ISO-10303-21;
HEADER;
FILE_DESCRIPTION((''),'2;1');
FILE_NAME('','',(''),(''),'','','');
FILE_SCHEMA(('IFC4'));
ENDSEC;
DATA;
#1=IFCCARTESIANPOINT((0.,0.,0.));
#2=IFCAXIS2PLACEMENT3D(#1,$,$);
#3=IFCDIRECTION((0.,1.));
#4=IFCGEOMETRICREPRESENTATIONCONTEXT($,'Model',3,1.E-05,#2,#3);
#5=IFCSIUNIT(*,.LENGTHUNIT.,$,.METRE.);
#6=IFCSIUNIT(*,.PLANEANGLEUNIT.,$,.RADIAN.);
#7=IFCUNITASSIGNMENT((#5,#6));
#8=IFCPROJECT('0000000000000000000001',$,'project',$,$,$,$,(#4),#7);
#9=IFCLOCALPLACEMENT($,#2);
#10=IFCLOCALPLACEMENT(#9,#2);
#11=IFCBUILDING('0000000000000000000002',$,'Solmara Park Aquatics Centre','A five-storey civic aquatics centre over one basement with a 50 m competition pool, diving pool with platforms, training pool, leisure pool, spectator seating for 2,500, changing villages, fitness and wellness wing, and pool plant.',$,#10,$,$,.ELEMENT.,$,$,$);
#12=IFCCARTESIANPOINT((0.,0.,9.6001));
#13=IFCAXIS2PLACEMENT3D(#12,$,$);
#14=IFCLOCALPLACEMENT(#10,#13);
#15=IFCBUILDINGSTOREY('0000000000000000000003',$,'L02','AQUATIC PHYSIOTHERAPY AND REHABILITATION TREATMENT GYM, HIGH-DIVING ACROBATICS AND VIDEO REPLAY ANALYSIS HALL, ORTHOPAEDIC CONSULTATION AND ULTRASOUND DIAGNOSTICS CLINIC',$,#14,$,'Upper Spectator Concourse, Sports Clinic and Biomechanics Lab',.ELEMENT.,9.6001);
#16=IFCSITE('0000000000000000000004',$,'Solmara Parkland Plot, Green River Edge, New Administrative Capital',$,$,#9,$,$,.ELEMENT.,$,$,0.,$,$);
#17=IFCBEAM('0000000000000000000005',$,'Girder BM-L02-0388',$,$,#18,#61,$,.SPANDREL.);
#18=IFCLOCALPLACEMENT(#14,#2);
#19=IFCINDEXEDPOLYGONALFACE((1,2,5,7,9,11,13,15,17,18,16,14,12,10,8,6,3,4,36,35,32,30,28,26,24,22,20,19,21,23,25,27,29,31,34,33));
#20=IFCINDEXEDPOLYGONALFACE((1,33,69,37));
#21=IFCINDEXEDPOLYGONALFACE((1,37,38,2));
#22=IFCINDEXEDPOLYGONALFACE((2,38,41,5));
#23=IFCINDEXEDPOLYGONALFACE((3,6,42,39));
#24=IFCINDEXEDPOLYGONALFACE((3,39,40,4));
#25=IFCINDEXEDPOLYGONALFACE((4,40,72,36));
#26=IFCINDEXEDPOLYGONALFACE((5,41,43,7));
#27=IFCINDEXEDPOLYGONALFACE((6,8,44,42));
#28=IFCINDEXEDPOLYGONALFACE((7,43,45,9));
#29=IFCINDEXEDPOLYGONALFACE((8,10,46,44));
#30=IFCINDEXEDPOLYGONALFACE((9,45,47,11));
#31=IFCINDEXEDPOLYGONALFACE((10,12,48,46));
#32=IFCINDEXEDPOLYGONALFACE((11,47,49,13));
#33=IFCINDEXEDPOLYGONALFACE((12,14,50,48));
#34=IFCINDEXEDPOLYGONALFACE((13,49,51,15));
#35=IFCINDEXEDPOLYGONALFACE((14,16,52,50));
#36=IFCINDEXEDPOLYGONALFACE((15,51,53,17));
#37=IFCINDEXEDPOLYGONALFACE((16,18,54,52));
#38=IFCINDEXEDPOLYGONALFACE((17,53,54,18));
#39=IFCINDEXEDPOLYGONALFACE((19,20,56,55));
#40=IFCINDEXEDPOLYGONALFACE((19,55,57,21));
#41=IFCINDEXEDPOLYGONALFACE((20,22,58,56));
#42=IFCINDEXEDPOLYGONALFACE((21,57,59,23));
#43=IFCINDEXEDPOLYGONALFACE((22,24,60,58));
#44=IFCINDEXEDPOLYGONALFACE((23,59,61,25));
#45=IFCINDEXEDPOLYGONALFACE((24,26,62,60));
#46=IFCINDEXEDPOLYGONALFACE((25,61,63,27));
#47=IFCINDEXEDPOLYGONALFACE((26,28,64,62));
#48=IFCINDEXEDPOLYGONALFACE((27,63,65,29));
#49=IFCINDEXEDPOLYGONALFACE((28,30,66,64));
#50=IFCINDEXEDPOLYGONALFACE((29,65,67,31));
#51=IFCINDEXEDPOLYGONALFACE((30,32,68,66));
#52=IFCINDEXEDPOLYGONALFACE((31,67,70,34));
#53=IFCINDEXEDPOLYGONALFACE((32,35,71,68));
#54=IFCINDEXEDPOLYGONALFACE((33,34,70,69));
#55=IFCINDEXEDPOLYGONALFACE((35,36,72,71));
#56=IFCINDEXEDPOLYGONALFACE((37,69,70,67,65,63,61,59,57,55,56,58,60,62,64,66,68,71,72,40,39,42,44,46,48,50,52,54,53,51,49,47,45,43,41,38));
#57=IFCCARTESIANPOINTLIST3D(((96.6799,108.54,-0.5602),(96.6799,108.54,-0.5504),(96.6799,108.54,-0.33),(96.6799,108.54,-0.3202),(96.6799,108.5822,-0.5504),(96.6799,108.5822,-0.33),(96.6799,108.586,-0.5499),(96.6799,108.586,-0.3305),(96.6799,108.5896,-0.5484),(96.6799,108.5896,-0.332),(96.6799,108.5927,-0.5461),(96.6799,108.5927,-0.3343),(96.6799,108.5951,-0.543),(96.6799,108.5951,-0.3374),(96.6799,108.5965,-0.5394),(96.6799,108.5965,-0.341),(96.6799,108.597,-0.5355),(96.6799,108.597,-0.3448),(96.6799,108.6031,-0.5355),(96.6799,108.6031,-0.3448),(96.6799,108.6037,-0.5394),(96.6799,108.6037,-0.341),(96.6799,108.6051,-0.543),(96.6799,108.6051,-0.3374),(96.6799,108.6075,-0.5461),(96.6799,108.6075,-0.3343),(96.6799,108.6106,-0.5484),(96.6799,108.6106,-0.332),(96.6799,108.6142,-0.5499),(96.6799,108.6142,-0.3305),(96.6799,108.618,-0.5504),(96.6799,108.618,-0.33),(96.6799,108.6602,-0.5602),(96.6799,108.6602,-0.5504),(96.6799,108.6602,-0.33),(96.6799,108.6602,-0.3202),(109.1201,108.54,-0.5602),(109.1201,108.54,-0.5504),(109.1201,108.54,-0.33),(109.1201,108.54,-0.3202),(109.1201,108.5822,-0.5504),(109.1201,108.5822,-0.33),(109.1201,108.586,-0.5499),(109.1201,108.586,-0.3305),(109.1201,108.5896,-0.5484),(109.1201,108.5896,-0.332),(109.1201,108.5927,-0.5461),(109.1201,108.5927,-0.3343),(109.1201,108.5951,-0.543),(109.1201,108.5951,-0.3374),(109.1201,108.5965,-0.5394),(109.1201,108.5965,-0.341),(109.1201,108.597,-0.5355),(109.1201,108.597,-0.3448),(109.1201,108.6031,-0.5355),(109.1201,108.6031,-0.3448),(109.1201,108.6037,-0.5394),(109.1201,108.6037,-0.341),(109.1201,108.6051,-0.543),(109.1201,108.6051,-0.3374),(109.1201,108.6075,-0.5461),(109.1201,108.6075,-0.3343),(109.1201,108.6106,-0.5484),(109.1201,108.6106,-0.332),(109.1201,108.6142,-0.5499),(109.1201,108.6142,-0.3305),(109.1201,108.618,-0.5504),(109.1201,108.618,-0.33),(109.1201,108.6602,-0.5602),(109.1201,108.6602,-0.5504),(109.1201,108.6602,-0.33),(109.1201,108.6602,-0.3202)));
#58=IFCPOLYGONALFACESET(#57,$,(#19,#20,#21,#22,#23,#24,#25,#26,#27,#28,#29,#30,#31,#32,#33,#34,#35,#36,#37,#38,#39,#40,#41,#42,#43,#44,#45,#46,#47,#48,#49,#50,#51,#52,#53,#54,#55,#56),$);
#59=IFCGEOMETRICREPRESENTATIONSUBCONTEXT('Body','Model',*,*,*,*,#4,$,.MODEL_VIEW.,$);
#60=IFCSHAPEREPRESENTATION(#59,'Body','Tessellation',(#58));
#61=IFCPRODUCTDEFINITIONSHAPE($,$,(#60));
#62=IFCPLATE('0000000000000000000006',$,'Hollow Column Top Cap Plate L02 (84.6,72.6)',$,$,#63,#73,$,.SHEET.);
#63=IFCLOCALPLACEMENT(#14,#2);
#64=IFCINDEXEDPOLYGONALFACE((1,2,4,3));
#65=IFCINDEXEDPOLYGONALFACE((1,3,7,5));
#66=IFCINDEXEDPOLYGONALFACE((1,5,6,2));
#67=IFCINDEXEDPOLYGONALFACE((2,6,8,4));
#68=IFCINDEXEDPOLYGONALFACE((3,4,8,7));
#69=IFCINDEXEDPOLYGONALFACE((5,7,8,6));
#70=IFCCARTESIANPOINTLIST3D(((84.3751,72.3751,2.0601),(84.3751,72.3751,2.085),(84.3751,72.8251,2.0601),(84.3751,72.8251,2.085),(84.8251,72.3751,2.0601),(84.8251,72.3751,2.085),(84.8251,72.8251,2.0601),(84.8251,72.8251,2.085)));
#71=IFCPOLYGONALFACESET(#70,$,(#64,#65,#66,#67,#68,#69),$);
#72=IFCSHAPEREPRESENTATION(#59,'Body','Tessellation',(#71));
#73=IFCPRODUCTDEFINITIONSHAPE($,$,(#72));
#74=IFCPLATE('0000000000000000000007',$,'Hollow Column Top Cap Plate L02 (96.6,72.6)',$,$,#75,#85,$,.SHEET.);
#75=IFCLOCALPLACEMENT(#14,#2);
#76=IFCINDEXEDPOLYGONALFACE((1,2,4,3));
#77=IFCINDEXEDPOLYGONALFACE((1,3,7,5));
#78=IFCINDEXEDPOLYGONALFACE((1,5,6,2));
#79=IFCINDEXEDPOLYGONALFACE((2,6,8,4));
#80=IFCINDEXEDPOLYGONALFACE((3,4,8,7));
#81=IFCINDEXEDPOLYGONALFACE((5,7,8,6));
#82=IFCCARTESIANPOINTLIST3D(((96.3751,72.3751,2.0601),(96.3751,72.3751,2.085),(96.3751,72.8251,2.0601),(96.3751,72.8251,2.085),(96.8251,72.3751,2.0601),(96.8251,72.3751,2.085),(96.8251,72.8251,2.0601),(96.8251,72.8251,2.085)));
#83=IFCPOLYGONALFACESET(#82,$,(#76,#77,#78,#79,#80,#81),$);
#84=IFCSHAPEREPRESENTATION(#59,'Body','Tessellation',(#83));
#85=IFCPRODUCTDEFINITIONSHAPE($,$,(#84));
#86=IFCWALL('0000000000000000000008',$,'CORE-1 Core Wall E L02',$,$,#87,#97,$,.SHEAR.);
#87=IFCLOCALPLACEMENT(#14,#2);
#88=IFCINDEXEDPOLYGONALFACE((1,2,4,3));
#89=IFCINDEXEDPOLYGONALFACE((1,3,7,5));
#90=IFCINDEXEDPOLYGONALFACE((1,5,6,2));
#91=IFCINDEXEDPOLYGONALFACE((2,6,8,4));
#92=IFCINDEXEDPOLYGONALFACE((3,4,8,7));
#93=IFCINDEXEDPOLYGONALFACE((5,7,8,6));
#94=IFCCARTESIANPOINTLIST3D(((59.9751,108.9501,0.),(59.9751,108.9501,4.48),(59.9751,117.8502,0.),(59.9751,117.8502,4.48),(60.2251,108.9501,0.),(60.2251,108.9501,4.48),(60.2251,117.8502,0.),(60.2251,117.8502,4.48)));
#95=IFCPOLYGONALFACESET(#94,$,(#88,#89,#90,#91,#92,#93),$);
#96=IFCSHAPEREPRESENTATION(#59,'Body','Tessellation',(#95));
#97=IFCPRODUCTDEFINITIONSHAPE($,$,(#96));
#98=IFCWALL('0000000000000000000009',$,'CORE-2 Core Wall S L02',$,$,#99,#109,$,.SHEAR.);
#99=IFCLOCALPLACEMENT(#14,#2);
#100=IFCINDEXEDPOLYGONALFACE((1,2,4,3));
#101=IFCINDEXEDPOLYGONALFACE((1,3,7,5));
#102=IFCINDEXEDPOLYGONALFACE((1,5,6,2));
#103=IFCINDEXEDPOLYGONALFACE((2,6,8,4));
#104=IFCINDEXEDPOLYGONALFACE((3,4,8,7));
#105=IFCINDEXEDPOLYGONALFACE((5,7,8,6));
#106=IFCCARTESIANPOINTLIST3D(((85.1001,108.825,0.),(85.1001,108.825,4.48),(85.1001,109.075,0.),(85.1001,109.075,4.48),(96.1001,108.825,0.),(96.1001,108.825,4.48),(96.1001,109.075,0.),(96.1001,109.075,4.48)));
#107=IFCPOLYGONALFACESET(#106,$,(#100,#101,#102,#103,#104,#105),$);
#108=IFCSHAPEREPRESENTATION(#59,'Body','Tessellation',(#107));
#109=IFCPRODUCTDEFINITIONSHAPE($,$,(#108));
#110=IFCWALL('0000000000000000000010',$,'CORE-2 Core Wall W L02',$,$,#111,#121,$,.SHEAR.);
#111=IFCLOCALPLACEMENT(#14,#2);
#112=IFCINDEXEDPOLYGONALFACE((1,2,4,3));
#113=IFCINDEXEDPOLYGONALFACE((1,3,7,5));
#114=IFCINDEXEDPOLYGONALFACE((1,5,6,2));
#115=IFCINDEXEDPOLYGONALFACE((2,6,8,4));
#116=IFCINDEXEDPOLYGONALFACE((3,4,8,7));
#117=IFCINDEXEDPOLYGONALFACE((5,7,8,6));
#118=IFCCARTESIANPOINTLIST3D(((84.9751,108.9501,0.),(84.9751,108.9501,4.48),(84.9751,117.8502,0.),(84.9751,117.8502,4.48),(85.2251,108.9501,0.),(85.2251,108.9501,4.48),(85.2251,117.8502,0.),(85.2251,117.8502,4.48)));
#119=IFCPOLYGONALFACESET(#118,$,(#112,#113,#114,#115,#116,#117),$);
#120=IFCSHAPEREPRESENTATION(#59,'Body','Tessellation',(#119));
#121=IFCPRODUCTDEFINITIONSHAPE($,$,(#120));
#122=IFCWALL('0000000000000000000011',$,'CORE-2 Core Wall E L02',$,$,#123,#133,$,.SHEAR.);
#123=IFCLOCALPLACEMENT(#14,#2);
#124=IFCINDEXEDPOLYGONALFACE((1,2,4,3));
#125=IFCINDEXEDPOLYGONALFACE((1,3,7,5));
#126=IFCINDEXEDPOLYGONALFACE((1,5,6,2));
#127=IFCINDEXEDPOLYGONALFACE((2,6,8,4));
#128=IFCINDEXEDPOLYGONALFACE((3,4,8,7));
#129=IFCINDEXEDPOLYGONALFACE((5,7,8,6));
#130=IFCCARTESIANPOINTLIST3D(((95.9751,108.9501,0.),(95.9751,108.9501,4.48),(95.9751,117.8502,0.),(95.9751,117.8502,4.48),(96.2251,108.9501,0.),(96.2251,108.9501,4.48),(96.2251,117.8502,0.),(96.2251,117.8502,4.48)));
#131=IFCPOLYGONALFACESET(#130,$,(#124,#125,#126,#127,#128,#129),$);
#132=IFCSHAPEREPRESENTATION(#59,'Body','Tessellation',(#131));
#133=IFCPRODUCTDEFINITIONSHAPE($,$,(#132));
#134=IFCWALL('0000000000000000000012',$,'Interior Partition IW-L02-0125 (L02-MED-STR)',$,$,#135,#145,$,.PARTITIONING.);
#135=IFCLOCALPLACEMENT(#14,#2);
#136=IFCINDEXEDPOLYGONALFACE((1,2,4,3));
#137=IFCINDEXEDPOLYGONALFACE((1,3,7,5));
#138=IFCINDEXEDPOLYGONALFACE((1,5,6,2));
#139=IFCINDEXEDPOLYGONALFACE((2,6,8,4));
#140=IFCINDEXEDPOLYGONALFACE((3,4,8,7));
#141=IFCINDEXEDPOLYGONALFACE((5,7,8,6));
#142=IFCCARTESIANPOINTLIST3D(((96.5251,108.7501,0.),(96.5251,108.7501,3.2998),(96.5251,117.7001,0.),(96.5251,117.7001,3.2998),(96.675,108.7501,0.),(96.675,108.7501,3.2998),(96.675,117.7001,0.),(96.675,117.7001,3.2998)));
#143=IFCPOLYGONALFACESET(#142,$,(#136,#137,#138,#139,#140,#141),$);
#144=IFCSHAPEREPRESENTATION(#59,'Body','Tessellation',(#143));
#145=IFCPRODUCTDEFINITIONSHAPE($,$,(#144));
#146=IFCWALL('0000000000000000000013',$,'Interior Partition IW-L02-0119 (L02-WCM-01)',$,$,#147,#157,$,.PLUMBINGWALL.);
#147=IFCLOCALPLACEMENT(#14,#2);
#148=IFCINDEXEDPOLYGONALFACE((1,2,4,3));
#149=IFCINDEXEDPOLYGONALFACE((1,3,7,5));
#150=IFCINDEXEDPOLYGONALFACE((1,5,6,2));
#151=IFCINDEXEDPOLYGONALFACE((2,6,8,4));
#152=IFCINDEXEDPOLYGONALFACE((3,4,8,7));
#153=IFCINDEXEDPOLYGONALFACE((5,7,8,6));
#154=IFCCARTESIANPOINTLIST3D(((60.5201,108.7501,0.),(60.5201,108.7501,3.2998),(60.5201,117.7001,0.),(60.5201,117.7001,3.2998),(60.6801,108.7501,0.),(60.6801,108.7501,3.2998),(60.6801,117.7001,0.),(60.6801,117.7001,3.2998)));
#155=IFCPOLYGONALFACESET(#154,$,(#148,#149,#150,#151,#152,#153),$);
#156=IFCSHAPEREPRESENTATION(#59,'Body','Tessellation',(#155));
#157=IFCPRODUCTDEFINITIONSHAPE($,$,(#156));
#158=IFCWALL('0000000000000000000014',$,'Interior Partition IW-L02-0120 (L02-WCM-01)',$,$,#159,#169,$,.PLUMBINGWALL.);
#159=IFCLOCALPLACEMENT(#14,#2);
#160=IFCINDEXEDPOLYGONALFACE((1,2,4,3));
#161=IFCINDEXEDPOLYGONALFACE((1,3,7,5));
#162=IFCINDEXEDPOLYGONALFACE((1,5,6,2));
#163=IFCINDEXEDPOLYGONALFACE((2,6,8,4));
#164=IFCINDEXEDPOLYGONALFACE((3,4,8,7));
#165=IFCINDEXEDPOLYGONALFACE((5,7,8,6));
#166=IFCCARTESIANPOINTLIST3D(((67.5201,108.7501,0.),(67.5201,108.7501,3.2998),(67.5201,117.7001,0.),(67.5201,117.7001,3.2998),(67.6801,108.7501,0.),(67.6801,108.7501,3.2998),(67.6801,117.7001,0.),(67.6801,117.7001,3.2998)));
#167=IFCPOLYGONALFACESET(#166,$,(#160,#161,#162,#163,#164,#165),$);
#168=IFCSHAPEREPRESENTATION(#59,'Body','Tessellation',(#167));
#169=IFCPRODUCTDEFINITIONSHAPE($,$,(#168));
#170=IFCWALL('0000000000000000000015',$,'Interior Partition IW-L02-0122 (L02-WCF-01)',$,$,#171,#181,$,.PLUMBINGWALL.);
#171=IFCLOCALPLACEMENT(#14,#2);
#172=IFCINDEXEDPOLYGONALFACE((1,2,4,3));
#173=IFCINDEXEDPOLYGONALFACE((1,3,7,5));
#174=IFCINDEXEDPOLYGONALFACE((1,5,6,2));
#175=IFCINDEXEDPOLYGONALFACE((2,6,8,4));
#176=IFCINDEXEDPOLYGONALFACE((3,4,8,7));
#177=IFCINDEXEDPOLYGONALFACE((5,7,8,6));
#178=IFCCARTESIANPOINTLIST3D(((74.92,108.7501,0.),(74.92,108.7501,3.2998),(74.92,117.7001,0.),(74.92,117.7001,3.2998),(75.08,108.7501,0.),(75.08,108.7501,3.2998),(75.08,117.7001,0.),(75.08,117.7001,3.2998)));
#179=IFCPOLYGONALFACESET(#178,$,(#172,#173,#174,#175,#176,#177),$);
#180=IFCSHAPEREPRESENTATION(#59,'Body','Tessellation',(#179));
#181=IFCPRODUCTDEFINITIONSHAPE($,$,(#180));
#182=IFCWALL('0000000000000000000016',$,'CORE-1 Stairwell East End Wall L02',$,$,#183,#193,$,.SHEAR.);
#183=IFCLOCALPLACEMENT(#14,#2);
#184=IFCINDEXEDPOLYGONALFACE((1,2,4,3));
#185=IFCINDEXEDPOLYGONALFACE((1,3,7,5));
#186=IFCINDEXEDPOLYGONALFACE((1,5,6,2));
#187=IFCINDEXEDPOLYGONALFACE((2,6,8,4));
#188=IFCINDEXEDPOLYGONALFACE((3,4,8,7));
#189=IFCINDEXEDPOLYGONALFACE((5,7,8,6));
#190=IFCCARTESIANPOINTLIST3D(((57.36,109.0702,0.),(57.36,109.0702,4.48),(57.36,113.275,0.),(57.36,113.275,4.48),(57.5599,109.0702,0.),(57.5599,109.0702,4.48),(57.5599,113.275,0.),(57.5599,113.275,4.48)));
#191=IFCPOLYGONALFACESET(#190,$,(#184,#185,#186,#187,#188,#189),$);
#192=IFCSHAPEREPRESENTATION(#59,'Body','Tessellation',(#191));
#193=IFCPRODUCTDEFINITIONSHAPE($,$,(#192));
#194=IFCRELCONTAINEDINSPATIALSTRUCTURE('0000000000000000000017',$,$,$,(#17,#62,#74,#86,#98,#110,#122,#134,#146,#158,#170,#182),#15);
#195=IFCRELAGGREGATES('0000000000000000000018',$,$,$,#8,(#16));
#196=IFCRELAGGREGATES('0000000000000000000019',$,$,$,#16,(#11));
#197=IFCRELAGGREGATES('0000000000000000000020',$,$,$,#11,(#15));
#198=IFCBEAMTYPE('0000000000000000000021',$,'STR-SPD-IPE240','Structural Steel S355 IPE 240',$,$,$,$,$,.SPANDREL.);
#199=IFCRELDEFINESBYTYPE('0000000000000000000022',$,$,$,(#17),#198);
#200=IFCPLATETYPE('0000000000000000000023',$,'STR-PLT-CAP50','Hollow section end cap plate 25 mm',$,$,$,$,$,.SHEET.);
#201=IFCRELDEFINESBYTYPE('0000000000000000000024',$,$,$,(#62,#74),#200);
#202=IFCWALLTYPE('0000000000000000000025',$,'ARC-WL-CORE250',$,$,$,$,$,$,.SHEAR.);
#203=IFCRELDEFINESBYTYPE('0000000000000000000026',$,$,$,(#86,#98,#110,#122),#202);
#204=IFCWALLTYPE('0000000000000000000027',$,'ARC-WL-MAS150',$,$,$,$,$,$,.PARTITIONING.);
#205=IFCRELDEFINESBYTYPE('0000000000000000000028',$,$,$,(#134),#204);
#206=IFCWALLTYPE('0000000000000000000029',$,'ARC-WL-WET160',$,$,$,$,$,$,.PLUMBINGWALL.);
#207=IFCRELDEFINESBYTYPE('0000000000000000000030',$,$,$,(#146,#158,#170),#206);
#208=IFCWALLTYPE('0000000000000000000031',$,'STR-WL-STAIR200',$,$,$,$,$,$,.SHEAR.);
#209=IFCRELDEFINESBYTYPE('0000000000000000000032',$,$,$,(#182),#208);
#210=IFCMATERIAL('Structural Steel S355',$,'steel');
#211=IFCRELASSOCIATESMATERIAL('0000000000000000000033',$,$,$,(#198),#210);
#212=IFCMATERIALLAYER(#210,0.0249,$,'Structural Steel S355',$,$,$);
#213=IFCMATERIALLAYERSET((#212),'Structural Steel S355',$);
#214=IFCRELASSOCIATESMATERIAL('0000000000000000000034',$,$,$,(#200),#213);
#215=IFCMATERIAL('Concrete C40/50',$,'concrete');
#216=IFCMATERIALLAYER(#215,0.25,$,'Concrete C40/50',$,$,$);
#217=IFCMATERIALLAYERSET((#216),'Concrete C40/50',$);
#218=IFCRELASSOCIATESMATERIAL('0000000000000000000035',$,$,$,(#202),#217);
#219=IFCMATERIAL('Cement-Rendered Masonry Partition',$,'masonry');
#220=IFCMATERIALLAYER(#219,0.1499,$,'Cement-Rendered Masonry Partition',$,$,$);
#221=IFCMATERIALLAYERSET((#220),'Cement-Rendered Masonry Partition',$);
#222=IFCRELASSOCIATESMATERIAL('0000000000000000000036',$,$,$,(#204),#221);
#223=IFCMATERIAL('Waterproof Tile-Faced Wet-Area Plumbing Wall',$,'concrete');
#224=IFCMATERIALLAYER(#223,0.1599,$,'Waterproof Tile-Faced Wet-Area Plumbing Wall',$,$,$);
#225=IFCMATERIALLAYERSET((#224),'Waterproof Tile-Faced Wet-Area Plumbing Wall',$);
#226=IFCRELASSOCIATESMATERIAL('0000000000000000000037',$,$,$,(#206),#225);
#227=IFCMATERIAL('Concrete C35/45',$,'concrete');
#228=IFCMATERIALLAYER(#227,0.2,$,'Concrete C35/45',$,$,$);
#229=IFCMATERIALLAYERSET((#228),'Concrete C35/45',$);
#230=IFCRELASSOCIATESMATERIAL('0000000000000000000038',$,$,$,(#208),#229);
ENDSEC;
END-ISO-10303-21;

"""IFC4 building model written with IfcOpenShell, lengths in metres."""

from ifc_helpers import new_model, si_unit, direction, frame, frame_2d, origin, origin_2d, place, context, subcontext, project, spatial, rectangle, i_section, extrude, material, layer, layer_set, material_profile, profile_set, type_object, element, save


model = new_model("IFC4")

# Units and contexts
model_context = context("Model", 3, precision=1e-05, world=origin(), true_north=direction((0.0, 1.0)))
body_context = subcontext(model_context, "Body", "Model", "MODEL_VIEW")
ifc_project = project(units=[si_unit("LENGTHUNIT", "METRE"), si_unit("PLANEANGLEUNIT", "RADIAN")], contexts=[model_context])

# Site, building, storey
site_placement = place(None, origin())
site = spatial("IfcSite", under=ifc_project, at=site_placement, Name="Solmara Parkland Plot, Green River Edge, New Administrative Capital", CompositionType="ELEMENT", RefElevation=0.0)
building_placement = place(site_placement, origin())
building = spatial("IfcBuilding", under=site, at=building_placement, Name="Solmara Park Aquatics Centre", Description="A five-storey civic aquatics centre over one basement with a 50 m competition pool, diving pool with platforms, training pool, leisure pool, spectator seating for 2,500, changing villages, fitness and wellness wing, and pool plant.", CompositionType="ELEMENT")
storey_placement = place(building_placement, frame((0.0, 0.0, 9.6001)))
storey = spatial("IfcBuildingStorey", under=building, at=storey_placement, Name="L02", Description="AQUATIC PHYSIOTHERAPY AND REHABILITATION TREATMENT GYM, HIGH-DIVING ACROBATICS AND VIDEO REPLAY ANALYSIS HALL, ORTHOPAEDIC CONSULTATION AND ULTRASOUND DIAGNOSTICS CLINIC", LongName="Upper Spectator Concourse, Sports Clinic and Biomechanics Lab", CompositionType="ELEMENT", Elevation=9.6001)

# Shared definitions
ifc_material_1 = material(Name="Structural Steel S355", Category="steel")
ifc_material_2 = material(Name="Concrete C40/50", Category="concrete")

# Beam
ifc_material_profile_1 = material_profile(ifc_material_1, i_section(OverallWidth=0.1201, OverallDepth=0.24, WebThickness=0.0061, FlangeThickness=0.0098, FilletRadius=0.0149, at=origin_2d()), Name="IPE 240")
ifc_profile_set_1 = profile_set([ifc_material_profile_1], Name="Structural Steel S355")
beam_type_1 = type_object("IfcBeamType", Name="STR-SPD-IPE240", Description="Structural Steel S355 IPE 240", PredefinedType="SPANDREL", material=ifc_profile_set_1)
beam_1_placement = place(storey_placement, frame((96.6799, 108.6001, -0.4402), z_axis=(1.0, 0.0, 0.0), x_axis=(0.0, 1.0, 0.0)))
element("IfcBeam", 1, at=beam_1_placement, inside=storey, type_object=beam_type_1, Name="Girder BM-L02-0388", PredefinedType="SPANDREL", context=body_context, shape_type="SweptSolid", body=[
    extrude(i_section(OverallWidth=0.1201, OverallDepth=0.24, WebThickness=0.0061, FlangeThickness=0.0098, FilletRadius=0.0149, at=origin_2d()), origin(), (0.0, 0.0, 1.0), 12.4402),
])

# Plates
ifc_layer_1 = layer(ifc_material_1, 0.0249, Name="Structural Steel S355")
ifc_layer_set_1 = layer_set([ifc_layer_1], Name="Structural Steel S355")
plate_type = type_object("IfcPlateType", Name="STR-PLT-CAP50", Description="Hollow section end cap plate 25 mm", PredefinedType="SHEET", material=ifc_layer_set_1)
for number, where, z_axis, x_axis, name in (
    (2, (84.6001, 72.6001, 2.0601), (0.0, 0.0, 1.0), (1.0, 0.0, 0.0), "Hollow Column Top Cap Plate L02 (84.6,72.6)"),
    (3, (96.6001, 72.6001, 2.0601), (0.0, 0.0, 1.0), (1.0, 0.0, 0.0), "Hollow Column Top Cap Plate L02 (96.6,72.6)"),
):
    element("IfcPlate", number, at=place(storey_placement, frame(where, z_axis=z_axis, x_axis=x_axis)), inside=storey, type_object=plate_type, Name=name, PredefinedType="SHEET", context=body_context, shape_type="SweptSolid", body=[
        extrude(rectangle(XDim=0.45, YDim=0.45, at=origin_2d()), origin(), (0.0, 0.0, 1.0), 0.0249),
    ])

# Walls
ifc_layer_2 = layer(ifc_material_2, 0.25, Name="Concrete C40/50")
ifc_layer_set_2 = layer_set([ifc_layer_2], Name="Concrete C40/50")
wall_type_1 = type_object("IfcWallType", Name="ARC-WL-CORE250", PredefinedType="SHEAR", material=ifc_layer_set_2)
wall_1_placement = place(storey_placement, frame((60.1001, 108.95, 0.0), z_axis=(0.0, 0.0, 1.0), x_axis=(0.0, 1.0, 0.0)))
element("IfcWall", 4, at=wall_1_placement, inside=storey, type_object=wall_type_1, Name="CORE-1 Core Wall E L02", PredefinedType="SHEAR", context=body_context, shape_type="SweptSolid", body=[
    extrude(rectangle(XDim=8.9001, YDim=0.25, at=frame_2d((4.4502, 0.0))), origin(), (0.0, 0.0, 1.0), 4.48),
])
wall_2_placement = place(storey_placement, frame((85.1001, 108.95, 0.0), z_axis=(0.0, 0.0, 1.0), x_axis=(1.0, 0.0, 0.0)))
element("IfcWall", 5, at=wall_2_placement, inside=storey, type_object=wall_type_1, Name="CORE-2 Core Wall S L02", PredefinedType="SHEAR", context=body_context, shape_type="SweptSolid", body=[
    extrude(rectangle(XDim=11.0, YDim=0.25, at=frame_2d((5.5, 0.0))), origin(), (0.0, 0.0, 1.0), 4.48),
])
for number, where, z_axis, x_axis, name in (
    (6, (85.1001, 108.95, 0.0), (0.0, 0.0, 1.0), (0.0, 1.0, 0.0), "CORE-2 Core Wall W L02"),
    (7, (96.1001, 108.95, 0.0), (0.0, 0.0, 1.0), (0.0, 1.0, 0.0), "CORE-2 Core Wall E L02"),
):
    element("IfcWall", number, at=place(storey_placement, frame(where, z_axis=z_axis, x_axis=x_axis)), inside=storey, type_object=wall_type_1, Name=name, PredefinedType="SHEAR", context=body_context, shape_type="SweptSolid", body=[
        extrude(rectangle(XDim=8.9001, YDim=0.25, at=frame_2d((4.4502, 0.0))), origin(), (0.0, 0.0, 1.0), 4.48),
    ])
ifc_material_3 = material(Name="Cement-Rendered Masonry Partition", Category="masonry")
ifc_layer_3 = layer(ifc_material_3, 0.1499, Name="Cement-Rendered Masonry Partition")
ifc_layer_set_3 = layer_set([ifc_layer_3], Name="Cement-Rendered Masonry Partition")
wall_type_2 = type_object("IfcWallType", Name="ARC-WL-MAS150", PredefinedType="PARTITIONING", material=ifc_layer_set_3)
wall_3_placement = place(storey_placement, frame((96.6001, 108.75, 0.0), z_axis=(0.0, 0.0, 1.0), x_axis=(0.0, 1.0, 0.0)))
element("IfcWall", 8, at=wall_3_placement, inside=storey, type_object=wall_type_2, Name="Interior Partition IW-L02-0125 (L02-MED-STR)", PredefinedType="PARTITIONING", context=body_context, shape_type="SweptSolid", body=[
    extrude(rectangle(XDim=8.95, YDim=0.1499, at=frame_2d((4.4751, 0.0))), origin(), (0.0, 0.0, 1.0), 3.2998),
])
ifc_material_4 = material(Name="Waterproof Tile-Faced Wet-Area Plumbing Wall", Category="concrete")
ifc_layer_4 = layer(ifc_material_4, 0.1599, Name="Waterproof Tile-Faced Wet-Area Plumbing Wall")
ifc_layer_set_4 = layer_set([ifc_layer_4], Name="Waterproof Tile-Faced Wet-Area Plumbing Wall")
wall_type_3 = type_object("IfcWallType", Name="ARC-WL-WET160", PredefinedType="PLUMBINGWALL", material=ifc_layer_set_4)
for number, where, z_axis, x_axis, name in (
    (9, (60.6001, 108.75, 0.0), (0.0, 0.0, 1.0), (0.0, 1.0, 0.0), "Interior Partition IW-L02-0119 (L02-WCM-01)"),
    (10, (67.6001, 108.75, 0.0), (0.0, 0.0, 1.0), (0.0, 1.0, 0.0), "Interior Partition IW-L02-0120 (L02-WCM-01)"),
    (11, (75.0, 108.75, 0.0), (0.0, 0.0, 1.0), (0.0, 1.0, 0.0), "Interior Partition IW-L02-0122 (L02-WCF-01)"),
):
    element("IfcWall", number, at=place(storey_placement, frame(where, z_axis=z_axis, x_axis=x_axis)), inside=storey, type_object=wall_type_3, Name=name, PredefinedType="PLUMBINGWALL", context=body_context, shape_type="SweptSolid", body=[
        extrude(rectangle(XDim=8.95, YDim=0.1599, at=frame_2d((4.4751, 0.0))), origin(), (0.0, 0.0, 1.0), 3.2998),
    ])
ifc_material_5 = material(Name="Concrete C35/45", Category="concrete")
ifc_layer_5 = layer(ifc_material_5, 0.2, Name="Concrete C35/45")
ifc_layer_set_5 = layer_set([ifc_layer_5], Name="Concrete C35/45")
wall_type_4 = type_object("IfcWallType", Name="STR-WL-STAIR200", PredefinedType="SHEAR", material=ifc_layer_set_5)
wall_4_placement = place(storey_placement, frame((57.46, 109.0701, 0.0), z_axis=(0.0, 0.0, 1.0), x_axis=(0.0, 1.0, 0.0)))
element("IfcWall", 12, at=wall_4_placement, inside=storey, type_object=wall_type_4, Name="CORE-1 Stairwell East End Wall L02", PredefinedType="SHEAR", context=body_context, shape_type="SweptSolid", body=[
    extrude(rectangle(XDim=4.2048, YDim=0.2, at=frame_2d((2.1025, 0.0))), origin(), (0.0, 0.0, 1.0), 4.48),
])

save(model, "model.ifc")
